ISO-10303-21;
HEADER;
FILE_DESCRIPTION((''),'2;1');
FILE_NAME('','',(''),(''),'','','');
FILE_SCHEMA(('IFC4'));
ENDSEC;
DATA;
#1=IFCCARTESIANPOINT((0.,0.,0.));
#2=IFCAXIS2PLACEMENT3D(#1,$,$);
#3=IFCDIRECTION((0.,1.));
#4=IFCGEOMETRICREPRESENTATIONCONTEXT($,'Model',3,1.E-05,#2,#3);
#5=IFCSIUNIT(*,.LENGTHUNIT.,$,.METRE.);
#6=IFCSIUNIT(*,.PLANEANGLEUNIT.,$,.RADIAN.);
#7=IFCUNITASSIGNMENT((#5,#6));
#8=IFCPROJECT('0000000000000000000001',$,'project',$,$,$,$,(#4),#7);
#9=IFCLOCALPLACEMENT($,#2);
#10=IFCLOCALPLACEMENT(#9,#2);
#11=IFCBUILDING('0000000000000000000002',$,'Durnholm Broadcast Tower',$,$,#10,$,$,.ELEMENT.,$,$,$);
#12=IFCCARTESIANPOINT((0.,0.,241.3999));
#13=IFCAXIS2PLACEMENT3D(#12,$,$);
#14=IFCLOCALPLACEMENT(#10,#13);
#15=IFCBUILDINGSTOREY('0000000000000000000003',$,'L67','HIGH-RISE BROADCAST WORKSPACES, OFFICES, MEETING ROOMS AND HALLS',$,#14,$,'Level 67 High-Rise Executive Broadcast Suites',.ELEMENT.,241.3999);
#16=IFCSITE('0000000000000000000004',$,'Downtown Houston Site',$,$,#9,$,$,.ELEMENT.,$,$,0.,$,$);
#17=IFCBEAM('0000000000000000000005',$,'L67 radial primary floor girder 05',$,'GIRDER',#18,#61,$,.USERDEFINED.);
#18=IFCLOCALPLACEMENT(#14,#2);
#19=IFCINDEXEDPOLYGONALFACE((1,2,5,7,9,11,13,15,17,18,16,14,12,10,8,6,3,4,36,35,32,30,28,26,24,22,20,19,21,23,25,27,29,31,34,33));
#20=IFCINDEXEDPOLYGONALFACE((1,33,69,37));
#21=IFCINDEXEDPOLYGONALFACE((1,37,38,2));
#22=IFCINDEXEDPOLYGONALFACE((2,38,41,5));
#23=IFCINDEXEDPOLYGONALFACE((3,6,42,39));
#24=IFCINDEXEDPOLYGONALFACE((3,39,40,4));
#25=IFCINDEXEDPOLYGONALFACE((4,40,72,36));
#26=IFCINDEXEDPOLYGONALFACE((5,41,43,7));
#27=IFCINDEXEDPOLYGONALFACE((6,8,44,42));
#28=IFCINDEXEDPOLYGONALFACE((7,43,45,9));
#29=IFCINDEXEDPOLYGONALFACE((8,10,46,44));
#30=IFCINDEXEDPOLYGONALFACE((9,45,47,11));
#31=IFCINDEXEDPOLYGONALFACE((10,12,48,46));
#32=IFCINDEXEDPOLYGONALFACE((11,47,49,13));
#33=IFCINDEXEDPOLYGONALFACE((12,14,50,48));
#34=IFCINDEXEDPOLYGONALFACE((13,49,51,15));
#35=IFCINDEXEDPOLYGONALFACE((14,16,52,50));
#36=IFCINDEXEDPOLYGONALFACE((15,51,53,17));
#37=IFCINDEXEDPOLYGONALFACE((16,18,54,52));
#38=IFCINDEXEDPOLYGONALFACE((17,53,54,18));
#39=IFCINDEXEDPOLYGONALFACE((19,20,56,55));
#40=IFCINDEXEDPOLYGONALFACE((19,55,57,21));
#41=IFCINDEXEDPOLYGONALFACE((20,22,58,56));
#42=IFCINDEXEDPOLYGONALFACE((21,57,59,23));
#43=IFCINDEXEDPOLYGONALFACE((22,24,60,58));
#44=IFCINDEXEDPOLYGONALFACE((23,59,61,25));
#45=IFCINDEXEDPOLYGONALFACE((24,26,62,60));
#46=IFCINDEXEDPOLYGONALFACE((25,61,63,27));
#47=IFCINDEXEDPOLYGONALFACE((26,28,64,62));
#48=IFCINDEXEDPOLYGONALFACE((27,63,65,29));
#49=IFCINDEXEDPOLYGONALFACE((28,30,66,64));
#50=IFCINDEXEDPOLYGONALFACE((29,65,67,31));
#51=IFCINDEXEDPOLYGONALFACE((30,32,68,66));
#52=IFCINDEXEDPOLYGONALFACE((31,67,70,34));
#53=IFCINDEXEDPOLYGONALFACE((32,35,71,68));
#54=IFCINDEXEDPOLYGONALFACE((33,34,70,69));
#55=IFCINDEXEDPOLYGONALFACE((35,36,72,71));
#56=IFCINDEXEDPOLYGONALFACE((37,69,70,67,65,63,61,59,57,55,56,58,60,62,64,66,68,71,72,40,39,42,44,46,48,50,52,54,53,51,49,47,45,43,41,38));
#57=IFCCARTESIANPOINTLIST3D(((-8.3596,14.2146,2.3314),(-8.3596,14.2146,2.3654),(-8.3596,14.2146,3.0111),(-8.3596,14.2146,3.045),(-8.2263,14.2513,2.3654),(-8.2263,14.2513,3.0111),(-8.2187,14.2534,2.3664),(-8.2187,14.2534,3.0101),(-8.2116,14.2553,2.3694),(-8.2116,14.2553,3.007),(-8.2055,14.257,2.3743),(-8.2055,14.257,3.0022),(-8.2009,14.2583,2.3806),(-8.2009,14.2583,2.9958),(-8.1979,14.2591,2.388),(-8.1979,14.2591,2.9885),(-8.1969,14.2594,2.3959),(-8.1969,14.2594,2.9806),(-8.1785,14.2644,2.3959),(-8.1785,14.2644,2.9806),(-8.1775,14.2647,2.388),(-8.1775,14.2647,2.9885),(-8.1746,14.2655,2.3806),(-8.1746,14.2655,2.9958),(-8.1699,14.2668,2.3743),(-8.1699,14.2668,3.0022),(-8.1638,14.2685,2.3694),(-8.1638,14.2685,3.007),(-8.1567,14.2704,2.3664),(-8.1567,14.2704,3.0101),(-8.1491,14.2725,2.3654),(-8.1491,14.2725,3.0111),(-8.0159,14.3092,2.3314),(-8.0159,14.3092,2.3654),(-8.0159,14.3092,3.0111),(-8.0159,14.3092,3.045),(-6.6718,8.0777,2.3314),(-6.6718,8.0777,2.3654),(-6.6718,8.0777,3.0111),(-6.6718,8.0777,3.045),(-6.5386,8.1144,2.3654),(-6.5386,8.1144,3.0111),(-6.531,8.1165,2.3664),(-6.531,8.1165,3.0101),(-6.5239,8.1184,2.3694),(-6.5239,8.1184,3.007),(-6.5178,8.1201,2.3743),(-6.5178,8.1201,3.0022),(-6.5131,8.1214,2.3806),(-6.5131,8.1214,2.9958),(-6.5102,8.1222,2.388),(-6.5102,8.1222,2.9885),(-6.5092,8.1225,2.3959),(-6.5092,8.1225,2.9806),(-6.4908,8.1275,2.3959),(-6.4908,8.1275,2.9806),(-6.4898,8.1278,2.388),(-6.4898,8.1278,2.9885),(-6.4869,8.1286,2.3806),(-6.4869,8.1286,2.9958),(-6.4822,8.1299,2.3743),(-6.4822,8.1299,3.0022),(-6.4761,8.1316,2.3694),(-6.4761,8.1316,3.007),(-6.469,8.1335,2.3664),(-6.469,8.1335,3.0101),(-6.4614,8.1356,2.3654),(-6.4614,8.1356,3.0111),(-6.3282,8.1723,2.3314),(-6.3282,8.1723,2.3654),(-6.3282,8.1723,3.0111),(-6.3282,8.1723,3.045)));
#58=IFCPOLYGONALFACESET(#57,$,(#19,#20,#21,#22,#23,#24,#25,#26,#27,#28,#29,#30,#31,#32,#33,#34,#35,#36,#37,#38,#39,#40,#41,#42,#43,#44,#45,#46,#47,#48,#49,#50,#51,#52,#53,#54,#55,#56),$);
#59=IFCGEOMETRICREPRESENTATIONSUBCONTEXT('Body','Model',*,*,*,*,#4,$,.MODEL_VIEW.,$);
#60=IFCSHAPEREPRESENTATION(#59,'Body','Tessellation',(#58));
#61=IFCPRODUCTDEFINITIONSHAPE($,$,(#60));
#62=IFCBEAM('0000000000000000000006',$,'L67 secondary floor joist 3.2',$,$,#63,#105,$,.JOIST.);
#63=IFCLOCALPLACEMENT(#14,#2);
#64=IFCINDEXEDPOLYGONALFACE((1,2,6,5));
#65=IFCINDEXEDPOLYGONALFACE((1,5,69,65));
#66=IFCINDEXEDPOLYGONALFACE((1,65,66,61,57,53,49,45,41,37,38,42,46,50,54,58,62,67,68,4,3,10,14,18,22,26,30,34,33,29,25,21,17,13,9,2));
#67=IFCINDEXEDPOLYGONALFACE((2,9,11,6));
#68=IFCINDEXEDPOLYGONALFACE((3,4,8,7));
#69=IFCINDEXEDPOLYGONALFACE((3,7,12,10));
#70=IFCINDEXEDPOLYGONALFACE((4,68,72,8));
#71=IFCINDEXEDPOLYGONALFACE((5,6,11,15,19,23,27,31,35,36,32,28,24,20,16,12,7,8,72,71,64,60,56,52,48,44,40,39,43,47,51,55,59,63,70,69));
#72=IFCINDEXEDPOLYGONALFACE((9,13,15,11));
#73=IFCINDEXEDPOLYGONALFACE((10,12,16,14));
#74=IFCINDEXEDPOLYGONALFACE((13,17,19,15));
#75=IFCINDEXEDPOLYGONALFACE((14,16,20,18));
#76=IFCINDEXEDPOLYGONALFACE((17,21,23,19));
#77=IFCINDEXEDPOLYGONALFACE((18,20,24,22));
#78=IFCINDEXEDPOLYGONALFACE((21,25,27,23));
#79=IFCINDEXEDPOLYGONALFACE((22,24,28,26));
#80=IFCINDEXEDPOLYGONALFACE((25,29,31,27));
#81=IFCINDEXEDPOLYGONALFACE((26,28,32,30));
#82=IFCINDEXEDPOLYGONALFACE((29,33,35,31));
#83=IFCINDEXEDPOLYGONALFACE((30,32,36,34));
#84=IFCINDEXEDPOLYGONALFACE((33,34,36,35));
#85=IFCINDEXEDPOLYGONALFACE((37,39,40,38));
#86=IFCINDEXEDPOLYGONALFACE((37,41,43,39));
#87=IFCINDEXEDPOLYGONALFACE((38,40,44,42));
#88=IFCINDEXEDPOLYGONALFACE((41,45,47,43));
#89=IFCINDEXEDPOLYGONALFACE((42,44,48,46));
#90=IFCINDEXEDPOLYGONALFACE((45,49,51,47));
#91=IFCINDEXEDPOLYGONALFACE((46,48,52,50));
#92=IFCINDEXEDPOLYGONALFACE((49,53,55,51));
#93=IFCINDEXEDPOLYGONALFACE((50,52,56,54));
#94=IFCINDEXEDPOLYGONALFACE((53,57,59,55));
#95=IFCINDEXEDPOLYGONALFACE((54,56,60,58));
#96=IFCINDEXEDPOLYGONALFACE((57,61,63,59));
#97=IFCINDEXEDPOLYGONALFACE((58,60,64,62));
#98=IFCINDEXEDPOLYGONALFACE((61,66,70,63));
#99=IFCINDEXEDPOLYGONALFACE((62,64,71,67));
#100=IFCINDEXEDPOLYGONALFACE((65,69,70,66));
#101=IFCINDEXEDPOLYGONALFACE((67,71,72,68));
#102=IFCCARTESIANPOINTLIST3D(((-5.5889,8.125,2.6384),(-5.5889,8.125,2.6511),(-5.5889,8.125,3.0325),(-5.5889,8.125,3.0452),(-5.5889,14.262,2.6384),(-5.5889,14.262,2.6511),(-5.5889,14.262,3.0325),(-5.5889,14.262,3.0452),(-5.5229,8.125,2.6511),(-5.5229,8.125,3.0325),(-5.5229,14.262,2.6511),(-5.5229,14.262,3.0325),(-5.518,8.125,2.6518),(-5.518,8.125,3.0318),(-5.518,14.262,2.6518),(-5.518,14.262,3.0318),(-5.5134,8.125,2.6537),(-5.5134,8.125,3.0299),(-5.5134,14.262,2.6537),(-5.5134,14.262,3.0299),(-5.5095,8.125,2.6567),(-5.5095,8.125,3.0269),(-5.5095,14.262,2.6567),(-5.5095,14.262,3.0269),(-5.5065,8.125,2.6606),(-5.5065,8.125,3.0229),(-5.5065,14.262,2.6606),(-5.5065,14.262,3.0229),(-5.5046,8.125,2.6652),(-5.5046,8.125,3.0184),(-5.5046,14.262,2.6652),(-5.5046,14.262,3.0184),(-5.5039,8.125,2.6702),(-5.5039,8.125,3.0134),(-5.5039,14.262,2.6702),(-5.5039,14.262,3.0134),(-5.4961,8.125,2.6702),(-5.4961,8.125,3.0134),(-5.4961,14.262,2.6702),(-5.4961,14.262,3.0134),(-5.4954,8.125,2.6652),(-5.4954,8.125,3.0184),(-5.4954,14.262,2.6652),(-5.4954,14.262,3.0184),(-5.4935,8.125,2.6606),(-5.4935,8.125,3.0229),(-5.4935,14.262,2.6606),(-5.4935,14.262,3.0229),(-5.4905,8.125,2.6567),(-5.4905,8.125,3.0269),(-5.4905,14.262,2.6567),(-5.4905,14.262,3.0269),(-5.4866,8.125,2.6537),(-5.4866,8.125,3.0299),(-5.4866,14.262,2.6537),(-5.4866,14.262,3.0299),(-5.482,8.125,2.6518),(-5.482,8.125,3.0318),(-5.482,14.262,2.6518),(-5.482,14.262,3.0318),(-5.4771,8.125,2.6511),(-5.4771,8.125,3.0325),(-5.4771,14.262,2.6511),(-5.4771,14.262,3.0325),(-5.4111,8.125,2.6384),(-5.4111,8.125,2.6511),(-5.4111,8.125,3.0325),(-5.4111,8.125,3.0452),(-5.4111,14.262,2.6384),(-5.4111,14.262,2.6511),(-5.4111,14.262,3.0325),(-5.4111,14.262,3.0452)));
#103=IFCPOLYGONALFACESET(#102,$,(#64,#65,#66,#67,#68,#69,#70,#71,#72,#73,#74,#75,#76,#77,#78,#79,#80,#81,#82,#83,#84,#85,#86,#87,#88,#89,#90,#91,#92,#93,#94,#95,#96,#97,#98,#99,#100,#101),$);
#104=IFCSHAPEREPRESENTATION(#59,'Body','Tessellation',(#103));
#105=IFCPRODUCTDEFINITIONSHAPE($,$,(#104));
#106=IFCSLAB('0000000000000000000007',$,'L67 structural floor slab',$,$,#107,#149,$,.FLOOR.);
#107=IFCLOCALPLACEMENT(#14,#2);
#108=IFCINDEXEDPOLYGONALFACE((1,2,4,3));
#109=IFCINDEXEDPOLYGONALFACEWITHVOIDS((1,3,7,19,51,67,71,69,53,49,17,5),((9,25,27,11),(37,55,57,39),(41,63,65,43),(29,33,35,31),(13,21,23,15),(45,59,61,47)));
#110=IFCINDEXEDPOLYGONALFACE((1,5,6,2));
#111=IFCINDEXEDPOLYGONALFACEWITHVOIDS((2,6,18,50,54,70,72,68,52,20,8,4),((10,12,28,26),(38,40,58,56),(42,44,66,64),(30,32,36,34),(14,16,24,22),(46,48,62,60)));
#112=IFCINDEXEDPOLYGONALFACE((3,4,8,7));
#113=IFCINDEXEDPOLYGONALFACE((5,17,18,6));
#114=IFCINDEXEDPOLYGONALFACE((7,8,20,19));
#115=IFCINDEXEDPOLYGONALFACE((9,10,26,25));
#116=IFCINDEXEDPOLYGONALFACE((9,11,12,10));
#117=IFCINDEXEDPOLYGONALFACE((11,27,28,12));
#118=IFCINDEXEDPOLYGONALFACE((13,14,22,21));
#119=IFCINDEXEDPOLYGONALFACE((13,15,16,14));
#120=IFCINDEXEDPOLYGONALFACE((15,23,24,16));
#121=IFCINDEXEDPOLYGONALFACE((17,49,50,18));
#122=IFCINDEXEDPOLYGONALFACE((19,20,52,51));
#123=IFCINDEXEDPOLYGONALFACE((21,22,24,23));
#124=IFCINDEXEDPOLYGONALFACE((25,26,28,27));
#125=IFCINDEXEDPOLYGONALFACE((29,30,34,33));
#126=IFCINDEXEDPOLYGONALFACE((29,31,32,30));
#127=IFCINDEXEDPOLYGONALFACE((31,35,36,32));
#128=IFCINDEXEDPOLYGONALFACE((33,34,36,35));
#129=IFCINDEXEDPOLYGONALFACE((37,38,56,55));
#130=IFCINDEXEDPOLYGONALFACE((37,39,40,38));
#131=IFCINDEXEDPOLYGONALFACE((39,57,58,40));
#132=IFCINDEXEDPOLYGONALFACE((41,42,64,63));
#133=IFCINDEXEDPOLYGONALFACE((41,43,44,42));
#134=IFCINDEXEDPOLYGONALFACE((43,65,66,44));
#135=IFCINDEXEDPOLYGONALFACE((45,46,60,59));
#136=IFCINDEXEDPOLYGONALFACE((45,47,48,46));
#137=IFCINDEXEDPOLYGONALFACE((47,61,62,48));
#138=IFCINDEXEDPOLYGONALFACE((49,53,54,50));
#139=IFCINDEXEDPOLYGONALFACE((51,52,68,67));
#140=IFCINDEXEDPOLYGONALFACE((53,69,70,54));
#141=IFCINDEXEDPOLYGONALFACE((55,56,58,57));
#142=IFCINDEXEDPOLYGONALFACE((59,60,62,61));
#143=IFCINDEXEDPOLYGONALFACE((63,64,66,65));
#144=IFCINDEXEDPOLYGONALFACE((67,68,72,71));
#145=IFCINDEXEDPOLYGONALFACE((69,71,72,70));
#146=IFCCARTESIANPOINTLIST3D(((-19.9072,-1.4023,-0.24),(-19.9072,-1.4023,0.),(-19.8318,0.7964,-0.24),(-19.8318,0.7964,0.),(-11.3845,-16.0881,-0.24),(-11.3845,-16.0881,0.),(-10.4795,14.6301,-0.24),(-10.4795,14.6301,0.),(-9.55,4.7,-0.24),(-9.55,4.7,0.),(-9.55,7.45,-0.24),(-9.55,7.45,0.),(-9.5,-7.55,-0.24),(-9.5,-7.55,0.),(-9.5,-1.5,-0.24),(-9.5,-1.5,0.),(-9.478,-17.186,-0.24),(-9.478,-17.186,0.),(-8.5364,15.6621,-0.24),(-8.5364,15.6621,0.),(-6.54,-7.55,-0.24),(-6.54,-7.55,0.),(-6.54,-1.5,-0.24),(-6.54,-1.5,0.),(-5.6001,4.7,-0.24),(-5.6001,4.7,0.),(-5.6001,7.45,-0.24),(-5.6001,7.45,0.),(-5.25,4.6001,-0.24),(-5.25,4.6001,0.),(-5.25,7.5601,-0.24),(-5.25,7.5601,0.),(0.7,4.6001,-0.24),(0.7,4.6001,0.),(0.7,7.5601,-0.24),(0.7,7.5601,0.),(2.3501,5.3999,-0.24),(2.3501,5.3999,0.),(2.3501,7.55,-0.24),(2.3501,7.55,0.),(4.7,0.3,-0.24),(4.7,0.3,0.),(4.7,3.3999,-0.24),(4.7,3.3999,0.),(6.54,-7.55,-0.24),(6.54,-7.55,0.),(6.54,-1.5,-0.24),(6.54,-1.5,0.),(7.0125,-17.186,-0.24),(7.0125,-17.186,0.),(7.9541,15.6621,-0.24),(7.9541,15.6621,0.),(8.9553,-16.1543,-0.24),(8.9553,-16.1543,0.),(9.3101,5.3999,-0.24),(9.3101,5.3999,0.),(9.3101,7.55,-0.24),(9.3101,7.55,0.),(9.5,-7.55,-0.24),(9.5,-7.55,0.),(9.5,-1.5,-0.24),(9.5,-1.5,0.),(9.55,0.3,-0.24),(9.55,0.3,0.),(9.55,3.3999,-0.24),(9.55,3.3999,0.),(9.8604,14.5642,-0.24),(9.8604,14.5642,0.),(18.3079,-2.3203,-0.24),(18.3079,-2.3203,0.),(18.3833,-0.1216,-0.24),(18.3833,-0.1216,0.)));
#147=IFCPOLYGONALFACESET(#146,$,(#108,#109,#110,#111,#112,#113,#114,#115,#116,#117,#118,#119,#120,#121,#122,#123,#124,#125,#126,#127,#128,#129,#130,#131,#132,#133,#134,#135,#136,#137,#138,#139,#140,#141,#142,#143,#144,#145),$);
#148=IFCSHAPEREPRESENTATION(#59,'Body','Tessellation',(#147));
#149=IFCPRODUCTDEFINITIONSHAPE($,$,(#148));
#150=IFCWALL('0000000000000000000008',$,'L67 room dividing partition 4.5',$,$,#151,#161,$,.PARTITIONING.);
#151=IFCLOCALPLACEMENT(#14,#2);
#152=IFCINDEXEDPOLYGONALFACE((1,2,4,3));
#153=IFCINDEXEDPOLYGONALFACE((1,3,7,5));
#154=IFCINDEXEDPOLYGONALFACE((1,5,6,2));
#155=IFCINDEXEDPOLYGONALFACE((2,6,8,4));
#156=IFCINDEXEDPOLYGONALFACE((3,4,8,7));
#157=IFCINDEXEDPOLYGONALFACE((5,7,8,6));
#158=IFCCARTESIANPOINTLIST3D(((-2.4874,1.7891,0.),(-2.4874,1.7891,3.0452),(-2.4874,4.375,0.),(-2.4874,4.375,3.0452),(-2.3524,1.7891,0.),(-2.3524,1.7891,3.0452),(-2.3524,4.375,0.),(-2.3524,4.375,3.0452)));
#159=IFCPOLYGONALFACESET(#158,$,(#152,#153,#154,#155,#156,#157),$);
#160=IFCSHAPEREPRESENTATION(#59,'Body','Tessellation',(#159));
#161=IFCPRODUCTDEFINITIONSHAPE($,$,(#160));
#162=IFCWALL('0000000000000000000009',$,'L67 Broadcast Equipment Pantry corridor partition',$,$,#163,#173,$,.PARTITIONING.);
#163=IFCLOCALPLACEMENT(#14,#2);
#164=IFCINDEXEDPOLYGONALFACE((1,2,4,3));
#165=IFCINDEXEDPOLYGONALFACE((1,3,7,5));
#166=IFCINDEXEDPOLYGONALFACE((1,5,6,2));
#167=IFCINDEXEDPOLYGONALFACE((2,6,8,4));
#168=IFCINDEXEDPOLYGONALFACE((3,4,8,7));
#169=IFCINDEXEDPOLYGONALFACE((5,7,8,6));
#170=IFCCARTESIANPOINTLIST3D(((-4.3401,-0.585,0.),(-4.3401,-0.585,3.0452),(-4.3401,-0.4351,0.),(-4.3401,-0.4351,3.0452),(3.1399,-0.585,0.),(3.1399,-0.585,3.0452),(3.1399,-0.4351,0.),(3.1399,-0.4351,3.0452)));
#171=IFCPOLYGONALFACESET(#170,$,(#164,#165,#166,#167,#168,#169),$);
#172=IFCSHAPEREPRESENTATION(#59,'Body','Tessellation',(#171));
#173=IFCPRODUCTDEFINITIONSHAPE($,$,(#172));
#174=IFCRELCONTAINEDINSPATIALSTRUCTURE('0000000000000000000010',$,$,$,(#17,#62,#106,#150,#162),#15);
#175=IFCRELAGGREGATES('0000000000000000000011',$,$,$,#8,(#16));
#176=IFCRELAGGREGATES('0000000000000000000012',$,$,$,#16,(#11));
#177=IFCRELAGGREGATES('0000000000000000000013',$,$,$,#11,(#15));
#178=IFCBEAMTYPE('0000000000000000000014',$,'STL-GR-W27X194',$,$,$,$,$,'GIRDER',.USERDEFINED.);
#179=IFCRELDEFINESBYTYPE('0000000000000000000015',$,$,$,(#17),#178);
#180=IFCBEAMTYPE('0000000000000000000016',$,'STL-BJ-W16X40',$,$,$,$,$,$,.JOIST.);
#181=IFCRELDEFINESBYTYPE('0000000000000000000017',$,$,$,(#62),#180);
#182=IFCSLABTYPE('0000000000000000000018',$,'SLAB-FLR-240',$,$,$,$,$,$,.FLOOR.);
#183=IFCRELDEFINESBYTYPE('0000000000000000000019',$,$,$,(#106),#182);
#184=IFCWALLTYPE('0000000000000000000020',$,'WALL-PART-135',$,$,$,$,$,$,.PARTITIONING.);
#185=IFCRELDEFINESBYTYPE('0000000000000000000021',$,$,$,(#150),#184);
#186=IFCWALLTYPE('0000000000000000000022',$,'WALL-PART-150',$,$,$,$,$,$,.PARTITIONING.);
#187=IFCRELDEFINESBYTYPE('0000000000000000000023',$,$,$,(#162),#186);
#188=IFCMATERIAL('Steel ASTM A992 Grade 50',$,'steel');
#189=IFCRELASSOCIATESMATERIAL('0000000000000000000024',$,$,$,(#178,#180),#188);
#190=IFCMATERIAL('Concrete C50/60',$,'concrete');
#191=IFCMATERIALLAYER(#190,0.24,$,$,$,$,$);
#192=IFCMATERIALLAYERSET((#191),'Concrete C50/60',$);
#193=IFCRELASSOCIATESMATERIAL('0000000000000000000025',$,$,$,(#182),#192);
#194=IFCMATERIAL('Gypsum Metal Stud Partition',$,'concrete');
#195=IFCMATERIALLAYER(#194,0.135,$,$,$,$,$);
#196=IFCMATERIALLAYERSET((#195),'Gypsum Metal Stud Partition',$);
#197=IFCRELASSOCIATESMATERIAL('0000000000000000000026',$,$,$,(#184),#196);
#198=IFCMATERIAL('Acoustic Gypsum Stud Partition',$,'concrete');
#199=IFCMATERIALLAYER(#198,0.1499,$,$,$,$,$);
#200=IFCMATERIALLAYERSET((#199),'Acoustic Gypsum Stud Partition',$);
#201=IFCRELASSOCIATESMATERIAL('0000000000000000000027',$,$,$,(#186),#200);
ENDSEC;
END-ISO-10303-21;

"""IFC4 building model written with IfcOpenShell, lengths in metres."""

from ifc_helpers import new_model, si_unit, direction, frame, frame_2d, origin, origin_2d, place, context, subcontext, project, spatial, polyline, rectangle, i_section, outline, extrude, source, transform, mapped, material, layer, layer_set, material_profile, profile_set, type_object, type_shapes, element, save


model = new_model("IFC4")

# Units and contexts
model_context = context("Model", 3, precision=1e-05, world=origin(), true_north=direction((0.0, 1.0)))
body_context = subcontext(model_context, "Body", "Model", "MODEL_VIEW")
ifc_project = project(units=[si_unit("LENGTHUNIT", "METRE"), si_unit("PLANEANGLEUNIT", "RADIAN")], contexts=[model_context])

# Site, building, storey
site_placement = place(None, origin())
site = spatial("IfcSite", under=ifc_project, at=site_placement, Name="Downtown Houston Site", CompositionType="ELEMENT", RefElevation=0.0)
building_placement = place(site_placement, origin())
building = spatial("IfcBuilding", under=site, at=building_placement, Name="Durnholm Broadcast Tower", CompositionType="ELEMENT")
storey_placement = place(building_placement, frame((0.0, 0.0, 241.3999)))
storey = spatial("IfcBuildingStorey", under=building, at=storey_placement, Name="L67", Description="HIGH-RISE BROADCAST WORKSPACES, OFFICES, MEETING ROOMS AND HALLS", LongName="Level 67 High-Rise Executive Broadcast Suites", CompositionType="ELEMENT", Elevation=241.3999)

# Beams
ifc_material_1 = material(Name="Steel ASTM A992 Grade 50", Category="steel")
ifc_material_profile_1 = material_profile(ifc_material_1, i_section(OverallWidth=0.3564, OverallDepth=0.7136, WebThickness=0.019, FlangeThickness=0.0339, FilletRadius=0.0305, at=origin_2d()), Name="W27X194")
ifc_profile_set_1 = profile_set([ifc_material_profile_1], Name="Steel ASTM A992 Grade 50")
beam_type_1 = type_object("IfcBeamType", Name="STL-GR-W27X194", ElementType="GIRDER", PredefinedType="USERDEFINED", material=ifc_profile_set_1)
shared_shape_1 = source(origin(), body_context, "Body", "SweptSolid", [
    extrude(i_section(OverallWidth=0.3564, OverallDepth=0.7136, WebThickness=0.019, FlangeThickness=0.0339, FilletRadius=0.0305, at=origin_2d()), origin(), (0.0, 0.0, 1.0), 6.3647),
])
type_shapes(beam_type_1, [shared_shape_1])
beam_1_placement = place(storey_placement, frame((-6.5, 8.125, 2.6882), z_axis=(-0.265168, 0.964202, 0.0), x_axis=(-0.964202, -0.265168, 0.0)))
element("IfcBeam", 1, at=beam_1_placement, inside=storey, type_object=beam_type_1, Name="L67 radial primary floor girder 05", ObjectType="GIRDER", PredefinedType="USERDEFINED", context=body_context, shape_type="MappedRepresentation", body=[
    mapped(shared_shape_1, transform((0.0, 0.0, 0.0), x_axis=(1.0, 0.0, 0.0), y_axis=(0.0, 1.0, 0.0), z_axis=(0.0, 0.0, 1.0), scale=1.0)),
])
ifc_material_profile_2 = material_profile(ifc_material_1, i_section(OverallWidth=0.1777, OverallDepth=0.4067, WebThickness=0.0078, FlangeThickness=0.0127, FilletRadius=0.019, at=origin_2d()), Name="W16X40")
ifc_profile_set_2 = profile_set([ifc_material_profile_2], Name="Steel ASTM A992 Grade 50")
beam_type_2 = type_object("IfcBeamType", Name="STL-BJ-W16X40", PredefinedType="JOIST", material=ifc_profile_set_2)
shared_shape_2 = source(origin(), body_context, "Body", "SweptSolid", [
    extrude(i_section(OverallWidth=0.1777, OverallDepth=0.4067, WebThickness=0.0078, FlangeThickness=0.0127, FilletRadius=0.019, at=origin_2d()), origin(), (0.0, 0.0, 1.0), 6.137),
])
type_shapes(beam_type_2, [shared_shape_2])
beam_2_placement = place(storey_placement, frame((-5.5, 8.125, 2.8418), z_axis=(0.0, 1.0, 0.0), x_axis=(-1.0, 0.0, 0.0)))
element("IfcBeam", 2, at=beam_2_placement, inside=storey, type_object=beam_type_2, Name="L67 secondary floor joist 3.2", PredefinedType="JOIST", context=body_context, shape_type="MappedRepresentation", body=[
    mapped(shared_shape_2, transform((0.0, 0.0, 0.0), x_axis=(1.0, 0.0, 0.0), y_axis=(0.0, 1.0, 0.0), z_axis=(0.0, 0.0, 1.0), scale=1.0)),
])

# Slab
ifc_material_2 = material(Name="Concrete C50/60", Category="concrete")
ifc_layer_1 = layer(ifc_material_2, 0.24)
ifc_layer_set_1 = layer_set([ifc_layer_1], Name="Concrete C50/60")
slab_type = type_object("IfcSlabType", Name="SLAB-FLR-240", PredefinedType="FLOOR", material=ifc_layer_set_1)
slab_placement = place(storey_placement, frame((0.0, 0.0, -0.24)))
element("IfcSlab", 3, at=slab_placement, inside=storey, type_object=slab_type, Name="L67 structural floor slab", PredefinedType="FLOOR", context=body_context, shape_type="SweptSolid", body=[
    extrude(outline(polyline([(-11.3845, -16.0881), (-9.478, -17.186), (7.0125, -17.186), (8.9553, -16.1543), (18.3079, -2.3203), (18.3833, -0.1216), (9.8604, 14.5642), (7.9541, 15.6621), (-8.5364, 15.6621), (-10.4795, 14.6301), (-19.8318, 0.7964), (-19.9072, -1.4023), (-11.3845, -16.0881)]), holes=[polyline([(-6.54, -1.5), (-9.5, -1.5), (-9.5, -7.55), (-6.54, -7.55), (-6.54, -1.5)]), polyline([(9.5, -7.55), (9.5, -1.5), (6.54, -1.5), (6.54, -7.55), (9.5, -7.55)]), polyline([(9.55, 3.3999), (4.7, 3.3999), (4.7, 0.3), (9.55, 0.3), (9.55, 3.3999)]), polyline([(-9.55, 7.45), (-9.55, 4.7), (-5.6001, 4.7), (-5.6001, 7.45), (-9.55, 7.45)]), polyline([(-5.25, 4.6001), (0.7, 4.6001), (0.7, 7.5601), (-5.25, 7.5601), (-5.25, 4.6001)]), polyline([(9.3101, 7.55), (2.3501, 7.55), (2.3501, 5.3999), (9.3101, 5.3999), (9.3101, 7.55)])]), origin(), (0.0, 0.0, 1.0), 0.24),
])

# Walls
ifc_material_3 = material(Name="Gypsum Metal Stud Partition", Category="concrete")
ifc_layer_2 = layer(ifc_material_3, 0.135)
ifc_layer_set_2 = layer_set([ifc_layer_2], Name="Gypsum Metal Stud Partition")
wall_type_1 = type_object("IfcWallType", Name="WALL-PART-135", PredefinedType="PARTITIONING", material=ifc_layer_set_2)
wall_1_placement = place(storey_placement, frame((-2.4199, 4.375, 0.0), z_axis=(0.0, 0.0, 1.0), x_axis=(0.0, -1.0, 0.0)))
element("IfcWall", 4, at=wall_1_placement, inside=storey, type_object=wall_type_1, Name="L67 room dividing partition 4.5", PredefinedType="PARTITIONING", context=body_context, shape_type="SweptSolid", body=[
    extrude(rectangle(XDim=2.5859, YDim=0.135, at=frame_2d((1.293, 0.0))), origin(), (0.0, 0.0, 1.0), 3.0452),
])
ifc_material_4 = material(Name="Acoustic Gypsum Stud Partition", Category="concrete")
ifc_layer_3 = layer(ifc_material_4, 0.1499)
ifc_layer_set_3 = layer_set([ifc_layer_3], Name="Acoustic Gypsum Stud Partition")
wall_type_2 = type_object("IfcWallType", Name="WALL-PART-150", PredefinedType="PARTITIONING", material=ifc_layer_set_3)
wall_2_placement = place(storey_placement, frame((-4.3401, -0.51, 0.0), z_axis=(0.0, 0.0, 1.0), x_axis=(1.0, 0.0, 0.0)))
element("IfcWall", 5, at=wall_2_placement, inside=storey, type_object=wall_type_2, Name="L67 Broadcast Equipment Pantry corridor partition", PredefinedType="PARTITIONING", context=body_context, shape_type="SweptSolid", body=[
    extrude(rectangle(XDim=7.48, YDim=0.1499, at=frame_2d((3.74, 0.0))), origin(), (0.0, 0.0, 1.0), 3.0452),
])

save(model, "model.ifc")
